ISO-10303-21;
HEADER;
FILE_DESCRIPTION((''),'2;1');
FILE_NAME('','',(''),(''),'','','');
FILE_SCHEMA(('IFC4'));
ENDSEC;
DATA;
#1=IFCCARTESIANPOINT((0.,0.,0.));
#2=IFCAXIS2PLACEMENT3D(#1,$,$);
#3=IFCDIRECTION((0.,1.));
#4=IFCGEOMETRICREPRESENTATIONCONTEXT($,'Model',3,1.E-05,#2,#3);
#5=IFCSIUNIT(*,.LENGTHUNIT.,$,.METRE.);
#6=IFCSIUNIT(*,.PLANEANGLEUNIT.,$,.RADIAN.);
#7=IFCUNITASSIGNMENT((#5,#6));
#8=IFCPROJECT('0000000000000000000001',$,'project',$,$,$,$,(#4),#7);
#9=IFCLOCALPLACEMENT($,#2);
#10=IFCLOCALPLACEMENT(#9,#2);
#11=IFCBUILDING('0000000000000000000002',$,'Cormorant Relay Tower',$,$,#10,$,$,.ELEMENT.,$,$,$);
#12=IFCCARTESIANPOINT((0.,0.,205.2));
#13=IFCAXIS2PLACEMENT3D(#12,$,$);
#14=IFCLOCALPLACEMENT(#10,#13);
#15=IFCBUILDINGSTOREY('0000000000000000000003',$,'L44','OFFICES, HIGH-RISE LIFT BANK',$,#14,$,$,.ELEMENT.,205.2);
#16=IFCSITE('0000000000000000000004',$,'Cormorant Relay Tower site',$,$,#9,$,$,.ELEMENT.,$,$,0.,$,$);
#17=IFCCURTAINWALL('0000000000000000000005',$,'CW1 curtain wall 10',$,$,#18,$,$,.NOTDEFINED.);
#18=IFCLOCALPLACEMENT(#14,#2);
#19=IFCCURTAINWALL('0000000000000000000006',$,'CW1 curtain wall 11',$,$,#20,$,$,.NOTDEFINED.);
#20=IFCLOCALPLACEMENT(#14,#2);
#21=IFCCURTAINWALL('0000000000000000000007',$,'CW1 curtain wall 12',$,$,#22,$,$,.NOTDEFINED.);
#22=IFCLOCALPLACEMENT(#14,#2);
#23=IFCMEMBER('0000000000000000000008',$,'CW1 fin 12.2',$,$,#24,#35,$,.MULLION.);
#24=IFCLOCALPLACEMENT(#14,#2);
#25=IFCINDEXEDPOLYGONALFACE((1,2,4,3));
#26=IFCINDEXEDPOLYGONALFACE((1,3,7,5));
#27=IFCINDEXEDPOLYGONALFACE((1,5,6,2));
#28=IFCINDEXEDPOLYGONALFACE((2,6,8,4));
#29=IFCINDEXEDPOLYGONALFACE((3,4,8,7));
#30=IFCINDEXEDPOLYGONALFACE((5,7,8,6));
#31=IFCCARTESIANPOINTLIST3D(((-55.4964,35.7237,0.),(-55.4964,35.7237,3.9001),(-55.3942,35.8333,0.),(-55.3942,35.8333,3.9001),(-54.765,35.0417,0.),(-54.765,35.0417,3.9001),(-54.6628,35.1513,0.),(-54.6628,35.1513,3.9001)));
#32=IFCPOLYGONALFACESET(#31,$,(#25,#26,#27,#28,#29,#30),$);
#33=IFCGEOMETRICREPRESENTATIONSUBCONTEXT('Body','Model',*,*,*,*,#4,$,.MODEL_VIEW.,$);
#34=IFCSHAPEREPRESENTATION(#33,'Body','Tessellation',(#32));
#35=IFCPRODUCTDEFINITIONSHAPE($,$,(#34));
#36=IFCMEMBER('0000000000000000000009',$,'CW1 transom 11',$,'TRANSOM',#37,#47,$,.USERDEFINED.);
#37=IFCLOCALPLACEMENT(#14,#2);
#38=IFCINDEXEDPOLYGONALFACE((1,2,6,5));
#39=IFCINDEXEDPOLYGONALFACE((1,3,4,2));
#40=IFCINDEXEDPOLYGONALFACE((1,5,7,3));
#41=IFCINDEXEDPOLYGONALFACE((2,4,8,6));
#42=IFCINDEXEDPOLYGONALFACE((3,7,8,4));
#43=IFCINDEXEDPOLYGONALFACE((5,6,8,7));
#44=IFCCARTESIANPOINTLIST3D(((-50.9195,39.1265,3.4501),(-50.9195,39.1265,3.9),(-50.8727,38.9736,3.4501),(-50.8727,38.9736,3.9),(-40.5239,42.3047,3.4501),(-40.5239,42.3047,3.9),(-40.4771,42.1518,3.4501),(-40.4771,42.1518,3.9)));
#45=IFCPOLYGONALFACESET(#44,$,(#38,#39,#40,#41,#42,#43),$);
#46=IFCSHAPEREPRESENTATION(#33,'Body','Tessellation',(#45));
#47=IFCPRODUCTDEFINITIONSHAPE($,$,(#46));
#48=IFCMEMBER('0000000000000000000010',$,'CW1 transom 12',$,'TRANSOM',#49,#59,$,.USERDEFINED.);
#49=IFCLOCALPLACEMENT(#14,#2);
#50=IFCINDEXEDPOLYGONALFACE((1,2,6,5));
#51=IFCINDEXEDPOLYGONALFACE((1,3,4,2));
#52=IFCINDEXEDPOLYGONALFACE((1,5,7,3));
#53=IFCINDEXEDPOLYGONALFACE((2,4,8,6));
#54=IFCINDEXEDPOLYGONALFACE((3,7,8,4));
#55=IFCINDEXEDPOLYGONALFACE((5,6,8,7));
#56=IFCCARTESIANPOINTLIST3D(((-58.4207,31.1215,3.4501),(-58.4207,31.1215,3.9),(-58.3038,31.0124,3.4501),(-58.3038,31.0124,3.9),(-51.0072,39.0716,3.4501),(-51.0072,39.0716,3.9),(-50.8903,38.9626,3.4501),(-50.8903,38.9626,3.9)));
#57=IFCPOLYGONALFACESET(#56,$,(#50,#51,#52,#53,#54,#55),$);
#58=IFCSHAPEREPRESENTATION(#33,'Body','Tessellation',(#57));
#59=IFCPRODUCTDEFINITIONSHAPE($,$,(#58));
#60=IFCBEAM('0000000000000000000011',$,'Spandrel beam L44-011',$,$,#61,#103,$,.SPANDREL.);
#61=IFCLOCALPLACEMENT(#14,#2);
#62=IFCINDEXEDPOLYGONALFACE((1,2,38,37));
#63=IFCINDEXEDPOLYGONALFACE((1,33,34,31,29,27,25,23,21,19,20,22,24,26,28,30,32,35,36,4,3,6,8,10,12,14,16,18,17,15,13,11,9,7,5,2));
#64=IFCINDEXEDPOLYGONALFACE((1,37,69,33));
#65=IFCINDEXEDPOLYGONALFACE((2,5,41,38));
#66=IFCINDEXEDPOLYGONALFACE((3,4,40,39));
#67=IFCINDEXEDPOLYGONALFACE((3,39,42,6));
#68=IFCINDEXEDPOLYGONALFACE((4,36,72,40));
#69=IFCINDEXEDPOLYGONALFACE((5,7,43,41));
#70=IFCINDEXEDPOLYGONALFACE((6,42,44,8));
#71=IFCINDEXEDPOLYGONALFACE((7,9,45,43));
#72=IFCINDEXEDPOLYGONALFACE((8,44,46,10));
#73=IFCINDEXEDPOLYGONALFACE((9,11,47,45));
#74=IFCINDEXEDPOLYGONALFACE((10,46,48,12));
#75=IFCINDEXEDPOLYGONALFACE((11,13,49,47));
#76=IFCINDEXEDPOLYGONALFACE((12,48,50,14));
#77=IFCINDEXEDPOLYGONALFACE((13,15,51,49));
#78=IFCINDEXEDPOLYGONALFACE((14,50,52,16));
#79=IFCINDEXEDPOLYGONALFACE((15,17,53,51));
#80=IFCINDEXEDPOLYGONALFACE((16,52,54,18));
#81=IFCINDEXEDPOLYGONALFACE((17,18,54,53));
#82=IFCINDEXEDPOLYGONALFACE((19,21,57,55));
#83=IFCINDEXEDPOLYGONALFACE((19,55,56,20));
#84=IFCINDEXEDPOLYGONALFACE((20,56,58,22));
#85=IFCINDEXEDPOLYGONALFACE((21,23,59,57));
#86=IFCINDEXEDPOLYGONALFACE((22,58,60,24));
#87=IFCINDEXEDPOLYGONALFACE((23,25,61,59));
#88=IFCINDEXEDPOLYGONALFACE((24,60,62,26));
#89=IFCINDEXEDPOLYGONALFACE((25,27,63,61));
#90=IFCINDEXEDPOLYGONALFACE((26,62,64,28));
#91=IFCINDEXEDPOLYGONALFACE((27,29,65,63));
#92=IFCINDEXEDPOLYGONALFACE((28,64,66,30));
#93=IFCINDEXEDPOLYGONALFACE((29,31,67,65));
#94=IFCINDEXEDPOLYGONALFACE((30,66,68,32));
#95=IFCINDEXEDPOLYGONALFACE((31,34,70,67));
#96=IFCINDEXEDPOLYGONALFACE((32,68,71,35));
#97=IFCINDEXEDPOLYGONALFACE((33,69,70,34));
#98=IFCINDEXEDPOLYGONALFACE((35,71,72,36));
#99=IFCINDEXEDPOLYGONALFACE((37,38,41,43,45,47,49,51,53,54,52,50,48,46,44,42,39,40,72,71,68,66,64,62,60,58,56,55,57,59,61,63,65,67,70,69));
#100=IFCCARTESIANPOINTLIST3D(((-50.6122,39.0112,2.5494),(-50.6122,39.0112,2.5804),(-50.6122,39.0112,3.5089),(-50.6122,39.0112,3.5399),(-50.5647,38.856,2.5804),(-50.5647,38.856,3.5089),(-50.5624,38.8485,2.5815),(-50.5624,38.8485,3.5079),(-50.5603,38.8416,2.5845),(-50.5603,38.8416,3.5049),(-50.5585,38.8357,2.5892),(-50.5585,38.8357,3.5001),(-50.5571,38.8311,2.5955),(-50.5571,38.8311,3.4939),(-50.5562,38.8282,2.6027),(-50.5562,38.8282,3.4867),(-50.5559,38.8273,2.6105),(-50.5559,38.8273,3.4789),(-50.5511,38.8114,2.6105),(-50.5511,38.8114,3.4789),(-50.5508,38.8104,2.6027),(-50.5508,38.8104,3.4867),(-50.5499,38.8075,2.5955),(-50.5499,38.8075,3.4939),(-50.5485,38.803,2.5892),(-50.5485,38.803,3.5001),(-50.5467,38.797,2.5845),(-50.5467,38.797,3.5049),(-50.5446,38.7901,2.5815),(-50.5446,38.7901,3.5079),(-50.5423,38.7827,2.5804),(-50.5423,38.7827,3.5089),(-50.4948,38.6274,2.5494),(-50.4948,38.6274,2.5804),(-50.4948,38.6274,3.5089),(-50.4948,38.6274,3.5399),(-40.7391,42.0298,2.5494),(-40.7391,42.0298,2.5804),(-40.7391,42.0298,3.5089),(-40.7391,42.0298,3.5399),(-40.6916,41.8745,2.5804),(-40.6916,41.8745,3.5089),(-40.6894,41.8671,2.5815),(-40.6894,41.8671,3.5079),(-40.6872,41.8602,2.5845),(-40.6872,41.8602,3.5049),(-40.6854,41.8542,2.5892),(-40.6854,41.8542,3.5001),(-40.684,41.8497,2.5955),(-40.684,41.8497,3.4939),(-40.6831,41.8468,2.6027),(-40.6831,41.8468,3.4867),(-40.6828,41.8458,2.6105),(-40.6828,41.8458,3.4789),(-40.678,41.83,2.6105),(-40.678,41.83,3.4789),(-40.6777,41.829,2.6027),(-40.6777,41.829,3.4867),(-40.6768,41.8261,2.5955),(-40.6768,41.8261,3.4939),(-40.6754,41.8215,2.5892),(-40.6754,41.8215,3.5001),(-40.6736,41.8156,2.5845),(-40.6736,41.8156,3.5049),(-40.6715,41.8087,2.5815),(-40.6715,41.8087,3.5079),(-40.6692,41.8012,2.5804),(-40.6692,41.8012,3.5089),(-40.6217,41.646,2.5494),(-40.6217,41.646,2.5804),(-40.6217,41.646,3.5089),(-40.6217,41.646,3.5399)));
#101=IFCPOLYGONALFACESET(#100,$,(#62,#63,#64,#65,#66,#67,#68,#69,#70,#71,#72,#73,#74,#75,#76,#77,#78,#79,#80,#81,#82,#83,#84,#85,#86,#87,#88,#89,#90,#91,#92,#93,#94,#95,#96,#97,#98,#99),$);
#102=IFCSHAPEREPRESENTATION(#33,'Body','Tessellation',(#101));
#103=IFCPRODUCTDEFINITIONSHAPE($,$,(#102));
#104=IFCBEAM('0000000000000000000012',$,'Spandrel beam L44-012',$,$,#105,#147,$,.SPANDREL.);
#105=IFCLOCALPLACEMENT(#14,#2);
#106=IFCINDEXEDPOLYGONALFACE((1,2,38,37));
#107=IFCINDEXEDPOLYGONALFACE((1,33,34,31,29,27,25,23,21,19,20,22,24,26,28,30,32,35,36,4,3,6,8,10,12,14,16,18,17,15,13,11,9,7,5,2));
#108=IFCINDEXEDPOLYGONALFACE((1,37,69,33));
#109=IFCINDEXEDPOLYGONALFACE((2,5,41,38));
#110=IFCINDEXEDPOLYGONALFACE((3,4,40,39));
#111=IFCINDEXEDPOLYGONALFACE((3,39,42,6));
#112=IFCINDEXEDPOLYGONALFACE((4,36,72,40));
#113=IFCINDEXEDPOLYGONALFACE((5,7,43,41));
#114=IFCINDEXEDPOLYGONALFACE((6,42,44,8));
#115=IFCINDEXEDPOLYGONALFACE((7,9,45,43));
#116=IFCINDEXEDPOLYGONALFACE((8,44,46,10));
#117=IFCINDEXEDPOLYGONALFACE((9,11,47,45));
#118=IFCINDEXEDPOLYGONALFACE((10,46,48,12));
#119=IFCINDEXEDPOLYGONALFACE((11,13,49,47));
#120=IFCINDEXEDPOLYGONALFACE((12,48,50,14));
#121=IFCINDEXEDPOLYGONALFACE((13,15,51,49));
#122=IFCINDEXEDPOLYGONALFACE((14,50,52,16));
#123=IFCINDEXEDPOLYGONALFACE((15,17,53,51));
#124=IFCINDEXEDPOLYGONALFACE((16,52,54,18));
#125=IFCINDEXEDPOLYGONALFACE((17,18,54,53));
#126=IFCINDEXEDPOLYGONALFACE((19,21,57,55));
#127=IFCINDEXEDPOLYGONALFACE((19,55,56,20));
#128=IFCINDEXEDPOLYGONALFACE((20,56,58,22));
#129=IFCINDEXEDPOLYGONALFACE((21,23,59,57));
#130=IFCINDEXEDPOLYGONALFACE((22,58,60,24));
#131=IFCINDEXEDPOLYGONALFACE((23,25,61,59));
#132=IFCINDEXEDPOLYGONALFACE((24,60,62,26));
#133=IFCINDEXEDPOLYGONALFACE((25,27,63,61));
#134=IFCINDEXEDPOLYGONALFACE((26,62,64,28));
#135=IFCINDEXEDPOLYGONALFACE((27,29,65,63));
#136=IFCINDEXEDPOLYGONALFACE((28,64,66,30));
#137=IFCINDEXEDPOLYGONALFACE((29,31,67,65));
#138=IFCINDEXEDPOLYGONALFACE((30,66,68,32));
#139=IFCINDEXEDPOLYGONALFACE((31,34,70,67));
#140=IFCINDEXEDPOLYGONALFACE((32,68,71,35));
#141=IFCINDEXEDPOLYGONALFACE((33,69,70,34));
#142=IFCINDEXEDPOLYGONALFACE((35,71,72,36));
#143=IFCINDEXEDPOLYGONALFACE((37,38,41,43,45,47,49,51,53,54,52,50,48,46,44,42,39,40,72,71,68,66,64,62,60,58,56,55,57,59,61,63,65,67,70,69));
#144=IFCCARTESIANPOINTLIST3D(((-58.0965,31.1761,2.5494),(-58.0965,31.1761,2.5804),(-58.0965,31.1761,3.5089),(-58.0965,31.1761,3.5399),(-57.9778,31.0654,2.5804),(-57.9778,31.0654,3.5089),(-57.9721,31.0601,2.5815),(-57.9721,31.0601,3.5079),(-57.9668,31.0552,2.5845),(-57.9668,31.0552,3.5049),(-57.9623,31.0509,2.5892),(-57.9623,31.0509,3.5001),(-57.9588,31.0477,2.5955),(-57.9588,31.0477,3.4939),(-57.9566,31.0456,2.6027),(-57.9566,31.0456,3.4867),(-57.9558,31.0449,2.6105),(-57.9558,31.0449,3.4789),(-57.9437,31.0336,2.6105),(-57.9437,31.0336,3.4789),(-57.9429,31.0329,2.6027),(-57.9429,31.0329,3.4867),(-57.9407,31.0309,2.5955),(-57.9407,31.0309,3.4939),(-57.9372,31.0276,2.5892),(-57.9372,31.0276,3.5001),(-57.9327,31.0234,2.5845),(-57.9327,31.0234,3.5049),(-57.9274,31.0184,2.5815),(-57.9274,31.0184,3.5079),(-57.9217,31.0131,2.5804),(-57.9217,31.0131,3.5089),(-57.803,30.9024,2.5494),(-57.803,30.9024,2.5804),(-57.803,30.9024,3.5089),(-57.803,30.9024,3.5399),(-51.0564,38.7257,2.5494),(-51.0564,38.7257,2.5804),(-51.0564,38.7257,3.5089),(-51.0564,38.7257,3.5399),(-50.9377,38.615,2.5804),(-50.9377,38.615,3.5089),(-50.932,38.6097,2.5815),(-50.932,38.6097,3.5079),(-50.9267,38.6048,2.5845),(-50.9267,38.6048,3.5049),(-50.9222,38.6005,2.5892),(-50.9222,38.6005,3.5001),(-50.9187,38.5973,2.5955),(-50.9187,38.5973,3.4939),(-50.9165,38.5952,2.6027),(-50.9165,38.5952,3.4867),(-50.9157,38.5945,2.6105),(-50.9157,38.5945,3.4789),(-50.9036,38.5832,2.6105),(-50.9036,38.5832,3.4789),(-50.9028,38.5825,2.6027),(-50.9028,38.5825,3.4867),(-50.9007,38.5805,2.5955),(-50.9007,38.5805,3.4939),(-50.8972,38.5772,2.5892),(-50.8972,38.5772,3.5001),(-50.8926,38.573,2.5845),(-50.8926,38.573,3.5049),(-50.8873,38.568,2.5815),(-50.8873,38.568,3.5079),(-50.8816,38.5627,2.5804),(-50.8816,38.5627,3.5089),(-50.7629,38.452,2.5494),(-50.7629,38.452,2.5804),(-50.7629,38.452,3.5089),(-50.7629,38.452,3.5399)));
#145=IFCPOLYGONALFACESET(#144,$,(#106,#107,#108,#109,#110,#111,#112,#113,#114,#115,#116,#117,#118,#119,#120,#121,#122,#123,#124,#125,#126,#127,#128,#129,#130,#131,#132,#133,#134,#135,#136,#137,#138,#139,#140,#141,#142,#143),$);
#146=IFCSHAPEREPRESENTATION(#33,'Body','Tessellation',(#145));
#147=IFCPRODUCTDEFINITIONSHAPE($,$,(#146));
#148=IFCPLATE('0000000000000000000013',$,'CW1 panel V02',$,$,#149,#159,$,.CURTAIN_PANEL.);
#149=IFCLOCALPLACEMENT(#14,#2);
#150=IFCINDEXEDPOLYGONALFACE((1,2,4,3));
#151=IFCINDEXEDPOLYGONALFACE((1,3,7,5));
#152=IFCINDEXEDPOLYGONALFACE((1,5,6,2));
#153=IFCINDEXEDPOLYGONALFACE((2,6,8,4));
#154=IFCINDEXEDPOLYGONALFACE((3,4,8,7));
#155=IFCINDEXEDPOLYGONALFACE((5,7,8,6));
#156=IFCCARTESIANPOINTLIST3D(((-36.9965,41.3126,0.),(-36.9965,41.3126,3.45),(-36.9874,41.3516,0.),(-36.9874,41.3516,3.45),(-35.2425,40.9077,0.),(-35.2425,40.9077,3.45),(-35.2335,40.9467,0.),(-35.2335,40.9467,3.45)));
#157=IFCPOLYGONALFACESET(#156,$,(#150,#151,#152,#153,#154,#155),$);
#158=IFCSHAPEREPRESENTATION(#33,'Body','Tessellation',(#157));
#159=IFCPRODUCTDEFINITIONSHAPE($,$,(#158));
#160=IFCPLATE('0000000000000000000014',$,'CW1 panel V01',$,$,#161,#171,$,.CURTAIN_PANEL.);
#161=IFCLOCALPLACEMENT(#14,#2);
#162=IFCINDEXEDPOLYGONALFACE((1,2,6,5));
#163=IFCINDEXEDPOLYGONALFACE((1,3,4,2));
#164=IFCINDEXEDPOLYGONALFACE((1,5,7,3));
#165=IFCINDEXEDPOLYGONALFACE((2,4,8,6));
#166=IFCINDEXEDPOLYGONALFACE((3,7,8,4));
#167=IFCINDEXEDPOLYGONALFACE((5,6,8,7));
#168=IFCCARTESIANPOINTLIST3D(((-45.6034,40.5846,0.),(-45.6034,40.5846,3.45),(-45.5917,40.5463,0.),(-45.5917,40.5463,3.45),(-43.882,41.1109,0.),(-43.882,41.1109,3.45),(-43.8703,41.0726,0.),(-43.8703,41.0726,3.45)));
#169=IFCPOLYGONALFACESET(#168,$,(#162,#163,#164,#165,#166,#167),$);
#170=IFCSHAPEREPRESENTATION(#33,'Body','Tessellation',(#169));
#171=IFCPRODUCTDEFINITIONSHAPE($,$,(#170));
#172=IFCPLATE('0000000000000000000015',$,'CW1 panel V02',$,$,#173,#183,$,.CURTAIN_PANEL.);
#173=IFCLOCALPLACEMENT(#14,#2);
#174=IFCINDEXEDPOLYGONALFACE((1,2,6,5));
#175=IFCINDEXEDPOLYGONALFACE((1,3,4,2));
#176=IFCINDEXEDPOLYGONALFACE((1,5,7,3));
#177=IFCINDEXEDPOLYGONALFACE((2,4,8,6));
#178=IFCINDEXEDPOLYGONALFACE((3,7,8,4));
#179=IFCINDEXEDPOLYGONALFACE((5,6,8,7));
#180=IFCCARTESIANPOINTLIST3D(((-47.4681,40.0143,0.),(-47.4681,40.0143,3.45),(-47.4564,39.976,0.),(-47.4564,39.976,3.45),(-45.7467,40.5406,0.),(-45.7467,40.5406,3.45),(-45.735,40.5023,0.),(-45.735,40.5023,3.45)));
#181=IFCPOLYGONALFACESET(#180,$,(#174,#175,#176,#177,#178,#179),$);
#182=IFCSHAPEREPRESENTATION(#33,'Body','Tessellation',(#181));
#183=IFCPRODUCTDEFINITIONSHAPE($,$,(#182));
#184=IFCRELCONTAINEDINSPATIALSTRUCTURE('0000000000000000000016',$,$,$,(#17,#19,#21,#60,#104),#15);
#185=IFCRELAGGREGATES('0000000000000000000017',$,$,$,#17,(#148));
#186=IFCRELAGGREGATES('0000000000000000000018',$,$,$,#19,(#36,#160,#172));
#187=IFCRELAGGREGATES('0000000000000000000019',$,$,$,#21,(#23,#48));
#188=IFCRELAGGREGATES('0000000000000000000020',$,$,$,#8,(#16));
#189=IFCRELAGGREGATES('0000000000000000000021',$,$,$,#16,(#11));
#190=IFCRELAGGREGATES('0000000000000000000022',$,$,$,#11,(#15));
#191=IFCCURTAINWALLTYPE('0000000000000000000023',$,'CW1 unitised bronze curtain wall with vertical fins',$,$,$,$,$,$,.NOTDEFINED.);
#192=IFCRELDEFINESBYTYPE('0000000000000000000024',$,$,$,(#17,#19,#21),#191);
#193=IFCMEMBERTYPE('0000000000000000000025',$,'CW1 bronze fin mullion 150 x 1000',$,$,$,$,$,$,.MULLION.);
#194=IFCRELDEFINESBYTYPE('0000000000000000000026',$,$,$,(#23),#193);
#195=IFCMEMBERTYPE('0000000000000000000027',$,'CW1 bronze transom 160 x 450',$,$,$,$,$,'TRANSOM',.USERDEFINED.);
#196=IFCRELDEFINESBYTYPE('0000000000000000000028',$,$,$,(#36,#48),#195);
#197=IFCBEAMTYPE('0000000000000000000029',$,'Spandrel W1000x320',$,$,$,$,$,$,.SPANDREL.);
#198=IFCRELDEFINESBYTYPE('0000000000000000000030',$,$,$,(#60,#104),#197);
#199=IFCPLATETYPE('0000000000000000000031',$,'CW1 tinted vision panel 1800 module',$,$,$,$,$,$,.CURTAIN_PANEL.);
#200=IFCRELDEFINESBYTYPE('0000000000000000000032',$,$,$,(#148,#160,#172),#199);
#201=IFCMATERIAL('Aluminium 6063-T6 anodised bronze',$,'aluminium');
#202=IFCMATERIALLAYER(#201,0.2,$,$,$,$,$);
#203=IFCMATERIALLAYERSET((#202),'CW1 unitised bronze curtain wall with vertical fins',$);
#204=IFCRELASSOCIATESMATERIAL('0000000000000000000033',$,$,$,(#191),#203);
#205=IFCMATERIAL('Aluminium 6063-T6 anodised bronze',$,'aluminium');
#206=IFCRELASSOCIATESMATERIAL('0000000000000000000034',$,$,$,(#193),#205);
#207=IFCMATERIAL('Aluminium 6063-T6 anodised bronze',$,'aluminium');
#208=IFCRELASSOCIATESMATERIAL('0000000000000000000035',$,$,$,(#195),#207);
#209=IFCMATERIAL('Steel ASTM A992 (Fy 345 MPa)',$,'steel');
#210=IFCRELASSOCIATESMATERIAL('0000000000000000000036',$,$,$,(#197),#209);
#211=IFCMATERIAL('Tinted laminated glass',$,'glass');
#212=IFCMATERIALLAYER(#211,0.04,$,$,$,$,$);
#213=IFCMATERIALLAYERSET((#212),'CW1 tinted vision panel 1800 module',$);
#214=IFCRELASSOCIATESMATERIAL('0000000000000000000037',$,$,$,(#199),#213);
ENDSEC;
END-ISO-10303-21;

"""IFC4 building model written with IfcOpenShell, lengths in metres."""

from ifc_helpers import new_model, si_unit, direction, frame, origin, origin_2d, place, context, subcontext, project, spatial, rectangle, i_section, extrude, material, layer, layer_set, material_profile, profile_set, type_object, element, aggregate, save


model = new_model("IFC4")

# Units and contexts
model_context = context("Model", 3, precision=1e-05, world=origin(), true_north=direction((0.0, 1.0)))
body_context = subcontext(model_context, "Body", "Model", "MODEL_VIEW")
ifc_project = project(units=[si_unit("LENGTHUNIT", "METRE"), si_unit("PLANEANGLEUNIT", "RADIAN")], contexts=[model_context])

# Site, building, storey
site_placement = place(None, origin())
site = spatial("IfcSite", under=ifc_project, at=site_placement, Name="Cormorant Relay Tower site", CompositionType="ELEMENT", RefElevation=0.0)
building_placement = place(site_placement, origin())
building = spatial("IfcBuilding", under=site, at=building_placement, Name="Cormorant Relay Tower", CompositionType="ELEMENT")
storey_placement = place(building_placement, frame((0.0, 0.0, 205.2)))
storey = spatial("IfcBuildingStorey", under=building, at=storey_placement, Name="L44", Description="OFFICES, HIGH-RISE LIFT BANK", CompositionType="ELEMENT", Elevation=205.2)

# Curtain wall
ifc_material_1 = material(Name="Aluminium 6063-T6 anodised bronze", Category="aluminium")
ifc_layer_1 = layer(ifc_material_1, 0.2)
ifc_layer_set_1 = layer_set([ifc_layer_1], Name="CW1 unitised bronze curtain wall with vertical fins")
curtain_wall_type = type_object("IfcCurtainWallType", Name="CW1 unitised bronze curtain wall with vertical fins", PredefinedType="NOTDEFINED", material=ifc_layer_set_1)
curtain_wall_1_placement = place(storey_placement, origin())
curtain_wall_1 = element("IfcCurtainWall", 1, at=curtain_wall_1_placement, inside=storey, type_object=curtain_wall_type, Name="CW1 curtain wall 10", PredefinedType="NOTDEFINED")
ifc_material_2 = material(Name="Aluminium 6063-T6 anodised bronze", Category="aluminium")
ifc_material_profile_1 = material_profile(ifc_material_2, rectangle(XDim=0.1499, YDim=1.0, at=origin_2d()), Name="AL 150x1000")
ifc_profile_set_1 = profile_set([ifc_material_profile_1], Name="Aluminium 6063-T6 anodised bronze")
member_type_1 = type_object("IfcMemberType", Name="CW1 bronze fin mullion 150 x 1000", PredefinedType="MULLION", material=ifc_profile_set_1)

# Curtain walls, member
curtain_wall_2_placement = place(storey_placement, origin())
curtain_wall_2 = element("IfcCurtainWall", 2, at=curtain_wall_2_placement, inside=storey, type_object=curtain_wall_type, Name="CW1 curtain wall 11", PredefinedType="NOTDEFINED")
curtain_wall_3_placement = place(storey_placement, origin())
curtain_wall_3 = element("IfcCurtainWall", 3, at=curtain_wall_3_placement, inside=storey, type_object=curtain_wall_type, Name="CW1 curtain wall 12", PredefinedType="NOTDEFINED")
member_1_placement = place(storey_placement, frame((-55.0796, 35.4375, 0.0), z_axis=(0.0, 0.0, 1.0), x_axis=(-0.681998, -0.731354, 0.0)))
member_1 = element("IfcMember", 4, at=member_1_placement, type_object=member_type_1, Name="CW1 fin 12.2", PredefinedType="MULLION", context=body_context, shape_type="SweptSolid", body=[
    extrude(rectangle(XDim=0.1499, YDim=1.0, at=origin_2d()), origin(), (0.0, 0.0, 1.0), 3.9001),
])

# Members
ifc_material_3 = material(Name="Aluminium 6063-T6 anodised bronze", Category="aluminium")
ifc_material_profile_2 = material_profile(ifc_material_3, rectangle(XDim=0.1599, YDim=0.45, at=origin_2d()), Name="AL 160x450")
ifc_profile_set_2 = profile_set([ifc_material_profile_2], Name="Aluminium 6063-T6 anodised bronze")
member_type_2 = type_object("IfcMemberType", Name="CW1 bronze transom 160 x 450", ElementType="TRANSOM", PredefinedType="USERDEFINED", material=ifc_profile_set_2)
member_2_placement = place(storey_placement, frame((-40.5005, 42.2283, 3.675), z_axis=(-0.956305, -0.292371, 0.0), x_axis=(0.292371, -0.956305, 0.0)))
member_2 = element("IfcMember", 5, at=member_2_placement, type_object=member_type_2, Name="CW1 transom 11", ObjectType="TRANSOM", PredefinedType="USERDEFINED", context=body_context, shape_type="SweptSolid", body=[
    extrude(rectangle(XDim=0.1599, YDim=0.45, at=origin_2d()), origin(), (0.0, 0.0, 1.0), 10.8706),
])
member_3_placement = place(storey_placement, frame((-50.9487, 39.0171, 3.675), z_axis=(-0.681993, -0.731358, 0.0), x_axis=(0.731358, -0.681993, 0.0)))
member_3 = element("IfcMember", 6, at=member_3_placement, type_object=member_type_2, Name="CW1 transom 12", ObjectType="TRANSOM", PredefinedType="USERDEFINED", context=body_context, shape_type="SweptSolid", body=[
    extrude(rectangle(XDim=0.1599, YDim=0.45, at=origin_2d()), origin(), (0.0, 0.0, 1.0), 10.8704),
])

# Beams
ifc_material_4 = material(Name="Steel ASTM A992 (Fy 345 MPa)", Category="steel")
ifc_material_profile_3 = material_profile(ifc_material_4, i_section(OverallWidth=0.4014, OverallDepth=0.9905, WebThickness=0.0166, FlangeThickness=0.031, FilletRadius=0.03, at=origin_2d()), Name="W1000x320")
ifc_profile_set_3 = profile_set([ifc_material_profile_3], Name="Steel ASTM A992 (Fy 345 MPa)")
beam_type = type_object("IfcBeamType", Name="Spandrel W1000x320", PredefinedType="SPANDREL", material=ifc_profile_set_3)
beam_1_placement = place(storey_placement, frame((-40.6804, 41.8379, 3.0447), z_axis=(-0.956303, -0.292377, 0.0), x_axis=(0.292377, -0.956303, 0.0)))
element("IfcBeam", 7, at=beam_1_placement, inside=storey, type_object=beam_type, Name="Spandrel beam L44-011", PredefinedType="SPANDREL", context=body_context, shape_type="SweptSolid", body=[
    extrude(i_section(OverallWidth=0.4014, OverallDepth=0.9905, WebThickness=0.0166, FlangeThickness=0.031, FilletRadius=0.03, at=origin_2d()), origin(), (0.0, 0.0, 1.0), 10.3242),
])
beam_2_placement = place(storey_placement, frame((-50.9097, 38.5889, 3.0447), z_axis=(-0.681996, -0.731356, 0.0), x_axis=(0.731356, -0.681996, 0.0)))
element("IfcBeam", 8, at=beam_2_placement, inside=storey, type_object=beam_type, Name="Spandrel beam L44-012", PredefinedType="SPANDREL", context=body_context, shape_type="SweptSolid", body=[
    extrude(i_section(OverallWidth=0.4014, OverallDepth=0.9905, WebThickness=0.0166, FlangeThickness=0.031, FilletRadius=0.03, at=origin_2d()), origin(), (0.0, 0.0, 1.0), 10.3228),
])

# Plates
ifc_material_5 = material(Name="Tinted laminated glass", Category="glass")
ifc_layer_2 = layer(ifc_material_5, 0.04)
ifc_layer_set_2 = layer_set([ifc_layer_2], Name="CW1 tinted vision panel 1800 module")
plate_type_1 = type_object("IfcPlateType", Name="CW1 tinted vision panel 1800 module", PredefinedType="CURTAIN_PANEL", material=ifc_layer_set_2)
plate_1_placement = place(storey_placement, frame((-36.115, 41.1296, 0.0), z_axis=(0.0, 0.0, 1.0), x_axis=(-0.97437, 0.224951, 0.0)))
plate_1 = element("IfcPlate", 9, at=plate_1_placement, type_object=plate_type_1, Name="CW1 panel V02", PredefinedType="CURTAIN_PANEL", context=body_context, shape_type="SweptSolid", body=[
    extrude(rectangle(XDim=1.8, YDim=0.04, at=origin_2d()), origin(), (0.0, 0.0, 1.0), 3.45),
])
plate_2_placement = place(storey_placement, frame((-44.7368, 40.8286, 0.0), z_axis=(0.0, 0.0, 1.0), x_axis=(-0.956305, -0.292372, 0.0)))
plate_2 = element("IfcPlate", 10, at=plate_2_placement, type_object=plate_type_1, Name="CW1 panel V01", PredefinedType="CURTAIN_PANEL", context=body_context, shape_type="SweptSolid", body=[
    extrude(rectangle(XDim=1.8, YDim=0.04, at=origin_2d()), origin(), (0.0, 0.0, 1.0), 3.45),
])
plate_3_placement = place(storey_placement, frame((-46.6016, 40.2583, 0.0), z_axis=(0.0, 0.0, 1.0), x_axis=(-0.956305, -0.292372, 0.0)))
plate_3 = element("IfcPlate", 11, at=plate_3_placement, type_object=plate_type_1, Name="CW1 panel V02", PredefinedType="CURTAIN_PANEL", context=body_context, shape_type="SweptSolid", body=[
    extrude(rectangle(XDim=1.8, YDim=0.04, at=origin_2d()), origin(), (0.0, 0.0, 1.0), 3.45),
])

aggregate(curtain_wall_1, [plate_1])
aggregate(curtain_wall_2, [member_2, plate_2, plate_3])
aggregate(curtain_wall_3, [member_1, member_3])

save(model, "model.ifc")
